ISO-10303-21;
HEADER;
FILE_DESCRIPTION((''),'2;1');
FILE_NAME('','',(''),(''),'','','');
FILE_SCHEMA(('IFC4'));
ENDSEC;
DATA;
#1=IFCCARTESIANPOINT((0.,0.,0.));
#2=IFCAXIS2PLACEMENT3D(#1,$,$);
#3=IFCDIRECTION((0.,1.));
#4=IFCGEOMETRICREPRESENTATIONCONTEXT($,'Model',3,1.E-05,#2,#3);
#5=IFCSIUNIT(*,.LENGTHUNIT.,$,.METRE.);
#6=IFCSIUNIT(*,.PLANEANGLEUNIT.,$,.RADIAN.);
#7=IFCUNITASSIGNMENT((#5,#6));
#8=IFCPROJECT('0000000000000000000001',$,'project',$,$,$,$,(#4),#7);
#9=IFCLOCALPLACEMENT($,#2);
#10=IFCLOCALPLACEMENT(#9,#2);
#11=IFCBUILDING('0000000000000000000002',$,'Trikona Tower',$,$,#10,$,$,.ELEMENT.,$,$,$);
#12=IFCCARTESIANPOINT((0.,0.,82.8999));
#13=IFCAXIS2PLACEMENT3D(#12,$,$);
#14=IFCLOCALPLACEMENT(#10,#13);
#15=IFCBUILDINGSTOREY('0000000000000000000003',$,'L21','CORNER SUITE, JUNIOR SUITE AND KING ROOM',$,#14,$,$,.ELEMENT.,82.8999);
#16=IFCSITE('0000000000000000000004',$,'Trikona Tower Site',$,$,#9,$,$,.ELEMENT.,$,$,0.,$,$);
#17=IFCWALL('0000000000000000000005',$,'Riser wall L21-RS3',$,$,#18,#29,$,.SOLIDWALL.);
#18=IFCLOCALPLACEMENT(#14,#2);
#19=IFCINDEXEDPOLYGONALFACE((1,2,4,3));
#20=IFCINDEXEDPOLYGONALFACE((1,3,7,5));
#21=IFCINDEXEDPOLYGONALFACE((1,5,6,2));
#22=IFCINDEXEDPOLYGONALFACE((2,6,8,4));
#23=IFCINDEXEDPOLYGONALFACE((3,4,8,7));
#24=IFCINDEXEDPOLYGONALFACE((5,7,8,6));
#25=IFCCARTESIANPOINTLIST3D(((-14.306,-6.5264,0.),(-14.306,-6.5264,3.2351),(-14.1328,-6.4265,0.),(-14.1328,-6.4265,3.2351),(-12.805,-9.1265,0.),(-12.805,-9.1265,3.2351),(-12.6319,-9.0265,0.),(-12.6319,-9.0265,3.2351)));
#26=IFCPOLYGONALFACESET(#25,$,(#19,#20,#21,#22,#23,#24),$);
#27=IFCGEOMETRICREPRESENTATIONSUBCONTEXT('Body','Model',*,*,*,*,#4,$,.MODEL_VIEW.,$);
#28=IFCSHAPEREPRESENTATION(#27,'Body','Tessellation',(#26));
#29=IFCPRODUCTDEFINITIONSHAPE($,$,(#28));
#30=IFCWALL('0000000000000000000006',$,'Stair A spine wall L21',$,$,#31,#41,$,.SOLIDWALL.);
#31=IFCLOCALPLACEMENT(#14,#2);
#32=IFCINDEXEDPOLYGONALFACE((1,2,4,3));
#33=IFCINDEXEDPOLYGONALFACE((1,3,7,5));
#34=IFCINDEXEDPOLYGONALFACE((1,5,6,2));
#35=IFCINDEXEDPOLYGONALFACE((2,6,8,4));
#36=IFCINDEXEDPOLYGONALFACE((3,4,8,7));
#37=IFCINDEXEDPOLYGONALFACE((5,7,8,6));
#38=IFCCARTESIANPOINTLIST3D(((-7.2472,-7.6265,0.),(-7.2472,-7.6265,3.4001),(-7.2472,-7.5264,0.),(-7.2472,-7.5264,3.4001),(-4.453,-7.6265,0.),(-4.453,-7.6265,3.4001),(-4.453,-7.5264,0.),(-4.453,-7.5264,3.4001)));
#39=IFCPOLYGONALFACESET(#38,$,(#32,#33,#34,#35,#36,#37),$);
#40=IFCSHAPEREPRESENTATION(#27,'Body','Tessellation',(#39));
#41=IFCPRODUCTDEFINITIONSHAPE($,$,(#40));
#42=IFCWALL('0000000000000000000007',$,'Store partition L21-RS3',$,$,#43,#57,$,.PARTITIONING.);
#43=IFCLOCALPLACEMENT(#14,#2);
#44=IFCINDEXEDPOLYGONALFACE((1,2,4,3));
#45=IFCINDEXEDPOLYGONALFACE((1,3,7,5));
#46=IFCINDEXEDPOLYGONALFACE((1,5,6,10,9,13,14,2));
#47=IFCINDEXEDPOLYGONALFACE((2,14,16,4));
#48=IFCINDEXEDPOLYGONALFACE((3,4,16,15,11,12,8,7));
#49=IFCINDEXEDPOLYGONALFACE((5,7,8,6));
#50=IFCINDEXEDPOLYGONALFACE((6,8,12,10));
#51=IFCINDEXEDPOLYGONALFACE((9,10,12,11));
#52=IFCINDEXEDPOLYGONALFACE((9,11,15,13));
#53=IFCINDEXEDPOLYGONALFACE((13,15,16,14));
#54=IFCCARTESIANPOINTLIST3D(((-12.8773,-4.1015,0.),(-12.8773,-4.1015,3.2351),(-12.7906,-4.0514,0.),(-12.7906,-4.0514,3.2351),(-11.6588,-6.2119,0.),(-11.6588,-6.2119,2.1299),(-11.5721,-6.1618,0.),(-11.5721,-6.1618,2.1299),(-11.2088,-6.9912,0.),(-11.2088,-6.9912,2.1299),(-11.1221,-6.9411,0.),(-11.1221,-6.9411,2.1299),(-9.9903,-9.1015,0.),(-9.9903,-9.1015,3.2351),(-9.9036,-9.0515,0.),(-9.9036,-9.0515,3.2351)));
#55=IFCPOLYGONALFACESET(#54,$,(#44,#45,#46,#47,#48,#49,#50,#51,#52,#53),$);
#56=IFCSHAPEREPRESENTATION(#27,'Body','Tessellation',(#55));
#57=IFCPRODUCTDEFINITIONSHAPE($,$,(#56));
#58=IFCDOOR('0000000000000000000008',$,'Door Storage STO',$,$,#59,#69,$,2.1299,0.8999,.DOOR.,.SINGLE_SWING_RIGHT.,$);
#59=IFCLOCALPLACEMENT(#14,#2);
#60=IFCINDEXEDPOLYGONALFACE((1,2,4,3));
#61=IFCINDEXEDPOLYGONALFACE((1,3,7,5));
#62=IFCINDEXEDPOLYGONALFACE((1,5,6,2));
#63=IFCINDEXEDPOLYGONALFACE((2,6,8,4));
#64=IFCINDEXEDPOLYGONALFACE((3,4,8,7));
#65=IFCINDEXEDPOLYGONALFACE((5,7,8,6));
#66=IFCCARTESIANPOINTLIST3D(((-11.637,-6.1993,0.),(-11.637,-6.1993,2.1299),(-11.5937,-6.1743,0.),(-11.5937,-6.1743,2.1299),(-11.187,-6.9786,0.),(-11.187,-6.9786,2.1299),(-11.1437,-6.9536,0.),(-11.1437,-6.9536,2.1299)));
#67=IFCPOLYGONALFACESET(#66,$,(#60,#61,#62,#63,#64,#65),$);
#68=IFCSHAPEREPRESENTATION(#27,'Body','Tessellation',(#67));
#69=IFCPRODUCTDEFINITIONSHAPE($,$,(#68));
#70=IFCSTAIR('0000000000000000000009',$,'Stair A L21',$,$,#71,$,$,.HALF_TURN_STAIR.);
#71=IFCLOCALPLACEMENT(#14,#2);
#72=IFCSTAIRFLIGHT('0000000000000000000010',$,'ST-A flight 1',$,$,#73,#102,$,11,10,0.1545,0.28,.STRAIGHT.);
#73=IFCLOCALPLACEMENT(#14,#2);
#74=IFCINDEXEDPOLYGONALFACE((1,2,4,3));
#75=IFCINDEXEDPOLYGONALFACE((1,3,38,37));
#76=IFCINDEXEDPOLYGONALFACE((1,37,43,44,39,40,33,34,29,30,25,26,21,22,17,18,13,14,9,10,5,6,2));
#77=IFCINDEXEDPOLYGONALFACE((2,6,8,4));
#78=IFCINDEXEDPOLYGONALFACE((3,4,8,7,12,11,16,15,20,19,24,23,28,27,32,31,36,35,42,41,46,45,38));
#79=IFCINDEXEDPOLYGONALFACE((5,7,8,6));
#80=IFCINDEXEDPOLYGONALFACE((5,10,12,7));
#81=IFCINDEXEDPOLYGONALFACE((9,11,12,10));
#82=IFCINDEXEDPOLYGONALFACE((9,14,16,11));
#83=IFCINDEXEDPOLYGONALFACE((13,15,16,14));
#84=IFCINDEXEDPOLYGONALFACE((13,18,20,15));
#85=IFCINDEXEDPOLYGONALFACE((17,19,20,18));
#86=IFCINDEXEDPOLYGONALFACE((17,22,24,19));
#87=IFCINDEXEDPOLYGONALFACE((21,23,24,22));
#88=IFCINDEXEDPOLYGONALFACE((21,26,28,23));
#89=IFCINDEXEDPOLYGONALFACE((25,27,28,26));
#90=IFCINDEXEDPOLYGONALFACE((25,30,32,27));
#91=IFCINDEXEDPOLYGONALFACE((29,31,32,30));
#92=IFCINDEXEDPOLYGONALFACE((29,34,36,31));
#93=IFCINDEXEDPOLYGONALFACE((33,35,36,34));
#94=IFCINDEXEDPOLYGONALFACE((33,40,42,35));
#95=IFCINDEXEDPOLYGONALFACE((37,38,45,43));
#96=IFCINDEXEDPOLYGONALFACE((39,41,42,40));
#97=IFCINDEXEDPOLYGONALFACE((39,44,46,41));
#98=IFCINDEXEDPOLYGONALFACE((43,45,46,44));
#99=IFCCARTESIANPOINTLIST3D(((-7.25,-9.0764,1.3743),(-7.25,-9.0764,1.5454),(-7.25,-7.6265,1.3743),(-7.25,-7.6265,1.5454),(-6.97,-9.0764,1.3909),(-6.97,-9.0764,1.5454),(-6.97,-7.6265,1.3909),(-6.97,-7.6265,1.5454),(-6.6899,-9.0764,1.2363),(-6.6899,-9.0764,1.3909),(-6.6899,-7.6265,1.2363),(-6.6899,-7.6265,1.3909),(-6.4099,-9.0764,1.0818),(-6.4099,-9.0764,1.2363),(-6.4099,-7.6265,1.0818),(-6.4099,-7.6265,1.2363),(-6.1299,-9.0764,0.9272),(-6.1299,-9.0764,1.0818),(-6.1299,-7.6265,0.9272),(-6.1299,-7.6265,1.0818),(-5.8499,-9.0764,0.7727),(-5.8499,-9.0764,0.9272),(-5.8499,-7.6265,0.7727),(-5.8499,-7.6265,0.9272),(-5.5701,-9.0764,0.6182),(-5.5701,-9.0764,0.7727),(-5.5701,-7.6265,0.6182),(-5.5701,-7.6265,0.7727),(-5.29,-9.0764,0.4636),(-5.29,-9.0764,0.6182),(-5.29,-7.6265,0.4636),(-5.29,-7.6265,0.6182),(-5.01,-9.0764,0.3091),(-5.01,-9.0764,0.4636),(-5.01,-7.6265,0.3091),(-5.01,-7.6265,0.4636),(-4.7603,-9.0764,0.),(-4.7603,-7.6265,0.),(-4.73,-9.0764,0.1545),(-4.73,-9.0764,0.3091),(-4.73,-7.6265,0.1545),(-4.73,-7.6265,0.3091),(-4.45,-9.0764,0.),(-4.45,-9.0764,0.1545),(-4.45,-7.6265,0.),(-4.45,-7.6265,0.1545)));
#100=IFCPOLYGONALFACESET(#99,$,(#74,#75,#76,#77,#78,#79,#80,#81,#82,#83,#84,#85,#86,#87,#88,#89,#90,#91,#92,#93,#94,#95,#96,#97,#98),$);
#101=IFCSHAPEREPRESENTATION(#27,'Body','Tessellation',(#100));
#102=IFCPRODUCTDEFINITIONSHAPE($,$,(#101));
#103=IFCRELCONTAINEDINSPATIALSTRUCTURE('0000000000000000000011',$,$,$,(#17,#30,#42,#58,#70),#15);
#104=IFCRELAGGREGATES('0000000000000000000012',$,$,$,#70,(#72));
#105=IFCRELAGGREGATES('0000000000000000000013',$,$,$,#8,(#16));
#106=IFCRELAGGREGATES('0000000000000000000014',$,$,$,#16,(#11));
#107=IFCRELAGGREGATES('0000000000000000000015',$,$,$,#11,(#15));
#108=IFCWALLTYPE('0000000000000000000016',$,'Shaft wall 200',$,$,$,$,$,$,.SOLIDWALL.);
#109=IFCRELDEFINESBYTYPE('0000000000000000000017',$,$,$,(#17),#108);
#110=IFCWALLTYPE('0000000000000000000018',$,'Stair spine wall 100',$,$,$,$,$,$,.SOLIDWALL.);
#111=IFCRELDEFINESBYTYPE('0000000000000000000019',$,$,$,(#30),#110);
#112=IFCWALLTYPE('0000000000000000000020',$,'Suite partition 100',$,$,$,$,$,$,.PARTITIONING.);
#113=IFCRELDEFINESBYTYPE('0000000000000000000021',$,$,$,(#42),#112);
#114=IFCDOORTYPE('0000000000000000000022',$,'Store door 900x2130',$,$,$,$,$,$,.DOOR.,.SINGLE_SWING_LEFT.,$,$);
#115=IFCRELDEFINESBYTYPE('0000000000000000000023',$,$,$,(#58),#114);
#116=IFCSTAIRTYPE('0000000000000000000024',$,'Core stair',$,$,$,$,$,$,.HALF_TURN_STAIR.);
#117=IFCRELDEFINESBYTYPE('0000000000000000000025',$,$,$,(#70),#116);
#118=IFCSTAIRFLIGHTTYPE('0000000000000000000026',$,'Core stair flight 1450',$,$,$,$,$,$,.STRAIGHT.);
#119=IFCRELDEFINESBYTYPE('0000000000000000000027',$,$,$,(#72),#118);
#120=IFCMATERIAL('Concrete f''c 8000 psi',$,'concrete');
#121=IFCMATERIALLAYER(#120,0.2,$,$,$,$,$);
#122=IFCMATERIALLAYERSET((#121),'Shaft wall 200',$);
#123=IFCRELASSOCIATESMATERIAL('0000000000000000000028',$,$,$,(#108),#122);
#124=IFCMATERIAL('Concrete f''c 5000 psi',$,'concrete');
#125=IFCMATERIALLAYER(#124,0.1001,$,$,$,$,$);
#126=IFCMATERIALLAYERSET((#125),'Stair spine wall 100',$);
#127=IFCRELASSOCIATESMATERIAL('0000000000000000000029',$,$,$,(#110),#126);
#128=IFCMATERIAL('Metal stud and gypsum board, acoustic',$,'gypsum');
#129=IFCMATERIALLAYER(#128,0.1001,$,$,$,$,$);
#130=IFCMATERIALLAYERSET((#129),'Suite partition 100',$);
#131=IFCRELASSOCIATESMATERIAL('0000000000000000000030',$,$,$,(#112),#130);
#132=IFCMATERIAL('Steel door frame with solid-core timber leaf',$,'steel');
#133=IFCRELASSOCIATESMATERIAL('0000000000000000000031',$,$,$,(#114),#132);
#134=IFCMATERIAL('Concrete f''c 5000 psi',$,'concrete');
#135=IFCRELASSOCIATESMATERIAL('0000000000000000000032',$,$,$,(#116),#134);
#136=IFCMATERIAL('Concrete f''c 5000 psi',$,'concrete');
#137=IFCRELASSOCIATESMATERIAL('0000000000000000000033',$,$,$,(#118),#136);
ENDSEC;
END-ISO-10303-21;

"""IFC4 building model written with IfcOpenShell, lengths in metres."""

from ifc_helpers import new_model, si_unit, direction, frame, frame_2d, origin, place, context, subcontext, project, spatial, polyline, rectangle, outline, extrude, material, layer, layer_set, type_object, element, fill, aggregate, save


model = new_model("IFC4")

# Units and contexts
model_context = context("Model", 3, precision=1e-05, world=origin(), true_north=direction((0.0, 1.0)))
body_context = subcontext(model_context, "Body", "Model", "MODEL_VIEW")
ifc_project = project(units=[si_unit("LENGTHUNIT", "METRE"), si_unit("PLANEANGLEUNIT", "RADIAN")], contexts=[model_context])

# Site, building, storey
site_placement = place(None, origin())
site = spatial("IfcSite", under=ifc_project, at=site_placement, Name="Trikona Tower Site", CompositionType="ELEMENT", RefElevation=0.0)
building_placement = place(site_placement, origin())
building = spatial("IfcBuilding", under=site, at=building_placement, Name="Trikona Tower", CompositionType="ELEMENT")
storey_placement = place(building_placement, frame((0.0, 0.0, 82.8999)))
storey = spatial("IfcBuildingStorey", under=building, at=storey_placement, Name="L21", Description="CORNER SUITE, JUNIOR SUITE AND KING ROOM", CompositionType="ELEMENT", Elevation=82.8999)

# Walls
ifc_material_1 = material(Name="Concrete f'c 8000 psi", Category="concrete")
ifc_layer_1 = layer(ifc_material_1, 0.2)
ifc_layer_set_1 = layer_set([ifc_layer_1], Name="Shaft wall 200")
wall_type_1 = type_object("IfcWallType", Name="Shaft wall 200", PredefinedType="SOLIDWALL", material=ifc_layer_set_1)
wall_1_placement = place(storey_placement, frame((-12.7185, -9.0764, 0.0), z_axis=(0.0, 0.0, 1.0), x_axis=(-0.499952, 0.866053, 0.0)))
element("IfcWall", 1, at=wall_1_placement, inside=storey, type_object=wall_type_1, Name="Riser wall L21-RS3", PredefinedType="SOLIDWALL", context=body_context, shape_type="SweptSolid", body=[
    extrude(rectangle(XDim=3.0022, YDim=0.2, at=frame_2d((1.501, 0.0))), origin(), (0.0, 0.0, 1.0), 3.2351),
])
ifc_material_2 = material(Name="Concrete f'c 5000 psi", Category="concrete")
ifc_layer_2 = layer(ifc_material_2, 0.1001)
ifc_layer_set_2 = layer_set([ifc_layer_2], Name="Stair spine wall 100")
wall_type_2 = type_object("IfcWallType", Name="Stair spine wall 100", PredefinedType="SOLIDWALL", material=ifc_layer_set_2)
wall_2_placement = place(storey_placement, frame((-7.2471, -7.5764, 0.0), z_axis=(0.0, 0.0, 1.0), x_axis=(1.0, 0.0, 0.0)))
element("IfcWall", 2, at=wall_2_placement, inside=storey, type_object=wall_type_2, Name="Stair A spine wall L21", PredefinedType="SOLIDWALL", context=body_context, shape_type="SweptSolid", body=[
    extrude(rectangle(XDim=2.7942, YDim=0.1001, at=frame_2d((1.397, 0.0))), origin(), (0.0, 0.0, 1.0), 3.4001),
])

# Wall, opening, door
ifc_material_3 = material(Name="Metal stud and gypsum board, acoustic", Category="gypsum")
ifc_layer_3 = layer(ifc_material_3, 0.1001)
ifc_layer_set_3 = layer_set([ifc_layer_3], Name="Suite partition 100")
wall_type_3 = type_object("IfcWallType", Name="Suite partition 100", PredefinedType="PARTITIONING", material=ifc_layer_set_3)
wall_3_placement = place(storey_placement, frame((-9.947, -9.0764, 0.0), z_axis=(0.0, 0.0, 1.0), x_axis=(-0.500027, 0.86601, 0.0)))
wall_3 = element("IfcWall", 3, at=wall_3_placement, inside=storey, type_object=wall_type_3, Name="Store partition L21-RS3", PredefinedType="PARTITIONING", context=body_context, shape_type="SweptSolid", body=[
    extrude(rectangle(XDim=5.7737, YDim=0.1001, at=frame_2d((2.8867, 0.0))), origin(), (0.0, 0.0, 1.0), 3.2351),
])
opening_1_placement = place(wall_3_placement, frame((2.4368, 0.0, 0.0)))
opening_1 = element("IfcOpeningElement", 4, at=opening_1_placement, cuts=wall_3, PredefinedType="OPENING", context=body_context, shape_type="SweptSolid", body=[
    extrude(rectangle(XDim=0.8999, YDim=2.1299, at=frame_2d((0.45, 1.0649))), frame((0.0, 0.0601, 0.0), z_axis=(0.0, -1.0, 0.0), x_axis=(1.0, 0.0, 0.0)), (0.0, 0.0, 1.0), 0.1201),
])
ifc_material_4 = material(Name="Steel door frame with solid-core timber leaf", Category="steel")
door_type_1 = type_object("IfcDoorType", Name="Store door 900x2130", OperationType="SINGLE_SWING_LEFT", PredefinedType="DOOR", material=ifc_material_4)
door_1_placement = place(opening_1_placement, origin())
door_1 = element("IfcDoor", 5, at=door_1_placement, inside=storey, type_object=door_type_1, Name="Door Storage STO", OperationType="SINGLE_SWING_RIGHT", OverallHeight=2.1299, OverallWidth=0.8999, PredefinedType="DOOR", context=body_context, shape_type="SweptSolid", body=[
    extrude(rectangle(XDim=0.8999, YDim=2.1299, at=frame_2d((0.45, 1.0649))), frame((0.0, 0.0249, 0.0), z_axis=(0.0, -1.0, 0.0), x_axis=(1.0, 0.0, 0.0)), (0.0, 0.0, 1.0), 0.05),
])
fill(opening_1, door_1)

# Stair, stair flight
ifc_material_5 = material(Name="Concrete f'c 5000 psi", Category="concrete")
stair_type = type_object("IfcStairType", Name="Core stair", PredefinedType="HALF_TURN_STAIR", material=ifc_material_5)
stair_placement = place(storey_placement, origin())
stair = element("IfcStair", 6, at=stair_placement, inside=storey, type_object=stair_type, Name="Stair A L21", PredefinedType="HALF_TURN_STAIR")
ifc_material_6 = material(Name="Concrete f'c 5000 psi", Category="concrete")
stair_flight_type = type_object("IfcStairFlightType", Name="Core stair flight 1450", PredefinedType="STRAIGHT", material=ifc_material_6)
stair_flight_placement = place(storey_placement, frame((-4.45, -8.3513, 0.0), z_axis=(0.0, 0.0, 1.0), x_axis=(-1.0, 0.0, 0.0)))
stair_flight = element("IfcStairFlight", 7, at=stair_flight_placement, type_object=stair_flight_type, Name="ST-A flight 1", NumberOfRisers=11, NumberOfTreads=10, PredefinedType="STRAIGHT", RiserHeight=0.1545, TreadLength=0.28, context=body_context, shape_type="SweptSolid", body=[
    extrude(outline(polyline([(0.0, 0.0), (0.0, 0.1545), (0.28, 0.1545), (0.28, 0.3091), (0.5601, 0.3091), (0.5601, 0.4636), (0.8401, 0.4636), (0.8401, 0.6182), (1.1201, 0.6182), (1.1201, 0.7727), (1.3999, 0.7727), (1.3999, 0.9272), (1.6799, 0.9272), (1.6799, 1.0818), (1.96, 1.0818), (1.96, 1.2363), (2.24, 1.2363), (2.24, 1.3909), (2.52, 1.3909), (2.52, 1.5454), (2.8, 1.5454), (2.8, 1.7), (2.8, 1.3743), (0.3103, 0.0), (0.0, 0.0)])), frame((0.0, 0.7251, 0.0), z_axis=(0.0, -1.0, 0.0), x_axis=(1.0, 0.0, 0.0)), (0.0, 0.0, 1.0), 1.45),
])
aggregate(stair, [stair_flight])

save(model, "model.ifc")
